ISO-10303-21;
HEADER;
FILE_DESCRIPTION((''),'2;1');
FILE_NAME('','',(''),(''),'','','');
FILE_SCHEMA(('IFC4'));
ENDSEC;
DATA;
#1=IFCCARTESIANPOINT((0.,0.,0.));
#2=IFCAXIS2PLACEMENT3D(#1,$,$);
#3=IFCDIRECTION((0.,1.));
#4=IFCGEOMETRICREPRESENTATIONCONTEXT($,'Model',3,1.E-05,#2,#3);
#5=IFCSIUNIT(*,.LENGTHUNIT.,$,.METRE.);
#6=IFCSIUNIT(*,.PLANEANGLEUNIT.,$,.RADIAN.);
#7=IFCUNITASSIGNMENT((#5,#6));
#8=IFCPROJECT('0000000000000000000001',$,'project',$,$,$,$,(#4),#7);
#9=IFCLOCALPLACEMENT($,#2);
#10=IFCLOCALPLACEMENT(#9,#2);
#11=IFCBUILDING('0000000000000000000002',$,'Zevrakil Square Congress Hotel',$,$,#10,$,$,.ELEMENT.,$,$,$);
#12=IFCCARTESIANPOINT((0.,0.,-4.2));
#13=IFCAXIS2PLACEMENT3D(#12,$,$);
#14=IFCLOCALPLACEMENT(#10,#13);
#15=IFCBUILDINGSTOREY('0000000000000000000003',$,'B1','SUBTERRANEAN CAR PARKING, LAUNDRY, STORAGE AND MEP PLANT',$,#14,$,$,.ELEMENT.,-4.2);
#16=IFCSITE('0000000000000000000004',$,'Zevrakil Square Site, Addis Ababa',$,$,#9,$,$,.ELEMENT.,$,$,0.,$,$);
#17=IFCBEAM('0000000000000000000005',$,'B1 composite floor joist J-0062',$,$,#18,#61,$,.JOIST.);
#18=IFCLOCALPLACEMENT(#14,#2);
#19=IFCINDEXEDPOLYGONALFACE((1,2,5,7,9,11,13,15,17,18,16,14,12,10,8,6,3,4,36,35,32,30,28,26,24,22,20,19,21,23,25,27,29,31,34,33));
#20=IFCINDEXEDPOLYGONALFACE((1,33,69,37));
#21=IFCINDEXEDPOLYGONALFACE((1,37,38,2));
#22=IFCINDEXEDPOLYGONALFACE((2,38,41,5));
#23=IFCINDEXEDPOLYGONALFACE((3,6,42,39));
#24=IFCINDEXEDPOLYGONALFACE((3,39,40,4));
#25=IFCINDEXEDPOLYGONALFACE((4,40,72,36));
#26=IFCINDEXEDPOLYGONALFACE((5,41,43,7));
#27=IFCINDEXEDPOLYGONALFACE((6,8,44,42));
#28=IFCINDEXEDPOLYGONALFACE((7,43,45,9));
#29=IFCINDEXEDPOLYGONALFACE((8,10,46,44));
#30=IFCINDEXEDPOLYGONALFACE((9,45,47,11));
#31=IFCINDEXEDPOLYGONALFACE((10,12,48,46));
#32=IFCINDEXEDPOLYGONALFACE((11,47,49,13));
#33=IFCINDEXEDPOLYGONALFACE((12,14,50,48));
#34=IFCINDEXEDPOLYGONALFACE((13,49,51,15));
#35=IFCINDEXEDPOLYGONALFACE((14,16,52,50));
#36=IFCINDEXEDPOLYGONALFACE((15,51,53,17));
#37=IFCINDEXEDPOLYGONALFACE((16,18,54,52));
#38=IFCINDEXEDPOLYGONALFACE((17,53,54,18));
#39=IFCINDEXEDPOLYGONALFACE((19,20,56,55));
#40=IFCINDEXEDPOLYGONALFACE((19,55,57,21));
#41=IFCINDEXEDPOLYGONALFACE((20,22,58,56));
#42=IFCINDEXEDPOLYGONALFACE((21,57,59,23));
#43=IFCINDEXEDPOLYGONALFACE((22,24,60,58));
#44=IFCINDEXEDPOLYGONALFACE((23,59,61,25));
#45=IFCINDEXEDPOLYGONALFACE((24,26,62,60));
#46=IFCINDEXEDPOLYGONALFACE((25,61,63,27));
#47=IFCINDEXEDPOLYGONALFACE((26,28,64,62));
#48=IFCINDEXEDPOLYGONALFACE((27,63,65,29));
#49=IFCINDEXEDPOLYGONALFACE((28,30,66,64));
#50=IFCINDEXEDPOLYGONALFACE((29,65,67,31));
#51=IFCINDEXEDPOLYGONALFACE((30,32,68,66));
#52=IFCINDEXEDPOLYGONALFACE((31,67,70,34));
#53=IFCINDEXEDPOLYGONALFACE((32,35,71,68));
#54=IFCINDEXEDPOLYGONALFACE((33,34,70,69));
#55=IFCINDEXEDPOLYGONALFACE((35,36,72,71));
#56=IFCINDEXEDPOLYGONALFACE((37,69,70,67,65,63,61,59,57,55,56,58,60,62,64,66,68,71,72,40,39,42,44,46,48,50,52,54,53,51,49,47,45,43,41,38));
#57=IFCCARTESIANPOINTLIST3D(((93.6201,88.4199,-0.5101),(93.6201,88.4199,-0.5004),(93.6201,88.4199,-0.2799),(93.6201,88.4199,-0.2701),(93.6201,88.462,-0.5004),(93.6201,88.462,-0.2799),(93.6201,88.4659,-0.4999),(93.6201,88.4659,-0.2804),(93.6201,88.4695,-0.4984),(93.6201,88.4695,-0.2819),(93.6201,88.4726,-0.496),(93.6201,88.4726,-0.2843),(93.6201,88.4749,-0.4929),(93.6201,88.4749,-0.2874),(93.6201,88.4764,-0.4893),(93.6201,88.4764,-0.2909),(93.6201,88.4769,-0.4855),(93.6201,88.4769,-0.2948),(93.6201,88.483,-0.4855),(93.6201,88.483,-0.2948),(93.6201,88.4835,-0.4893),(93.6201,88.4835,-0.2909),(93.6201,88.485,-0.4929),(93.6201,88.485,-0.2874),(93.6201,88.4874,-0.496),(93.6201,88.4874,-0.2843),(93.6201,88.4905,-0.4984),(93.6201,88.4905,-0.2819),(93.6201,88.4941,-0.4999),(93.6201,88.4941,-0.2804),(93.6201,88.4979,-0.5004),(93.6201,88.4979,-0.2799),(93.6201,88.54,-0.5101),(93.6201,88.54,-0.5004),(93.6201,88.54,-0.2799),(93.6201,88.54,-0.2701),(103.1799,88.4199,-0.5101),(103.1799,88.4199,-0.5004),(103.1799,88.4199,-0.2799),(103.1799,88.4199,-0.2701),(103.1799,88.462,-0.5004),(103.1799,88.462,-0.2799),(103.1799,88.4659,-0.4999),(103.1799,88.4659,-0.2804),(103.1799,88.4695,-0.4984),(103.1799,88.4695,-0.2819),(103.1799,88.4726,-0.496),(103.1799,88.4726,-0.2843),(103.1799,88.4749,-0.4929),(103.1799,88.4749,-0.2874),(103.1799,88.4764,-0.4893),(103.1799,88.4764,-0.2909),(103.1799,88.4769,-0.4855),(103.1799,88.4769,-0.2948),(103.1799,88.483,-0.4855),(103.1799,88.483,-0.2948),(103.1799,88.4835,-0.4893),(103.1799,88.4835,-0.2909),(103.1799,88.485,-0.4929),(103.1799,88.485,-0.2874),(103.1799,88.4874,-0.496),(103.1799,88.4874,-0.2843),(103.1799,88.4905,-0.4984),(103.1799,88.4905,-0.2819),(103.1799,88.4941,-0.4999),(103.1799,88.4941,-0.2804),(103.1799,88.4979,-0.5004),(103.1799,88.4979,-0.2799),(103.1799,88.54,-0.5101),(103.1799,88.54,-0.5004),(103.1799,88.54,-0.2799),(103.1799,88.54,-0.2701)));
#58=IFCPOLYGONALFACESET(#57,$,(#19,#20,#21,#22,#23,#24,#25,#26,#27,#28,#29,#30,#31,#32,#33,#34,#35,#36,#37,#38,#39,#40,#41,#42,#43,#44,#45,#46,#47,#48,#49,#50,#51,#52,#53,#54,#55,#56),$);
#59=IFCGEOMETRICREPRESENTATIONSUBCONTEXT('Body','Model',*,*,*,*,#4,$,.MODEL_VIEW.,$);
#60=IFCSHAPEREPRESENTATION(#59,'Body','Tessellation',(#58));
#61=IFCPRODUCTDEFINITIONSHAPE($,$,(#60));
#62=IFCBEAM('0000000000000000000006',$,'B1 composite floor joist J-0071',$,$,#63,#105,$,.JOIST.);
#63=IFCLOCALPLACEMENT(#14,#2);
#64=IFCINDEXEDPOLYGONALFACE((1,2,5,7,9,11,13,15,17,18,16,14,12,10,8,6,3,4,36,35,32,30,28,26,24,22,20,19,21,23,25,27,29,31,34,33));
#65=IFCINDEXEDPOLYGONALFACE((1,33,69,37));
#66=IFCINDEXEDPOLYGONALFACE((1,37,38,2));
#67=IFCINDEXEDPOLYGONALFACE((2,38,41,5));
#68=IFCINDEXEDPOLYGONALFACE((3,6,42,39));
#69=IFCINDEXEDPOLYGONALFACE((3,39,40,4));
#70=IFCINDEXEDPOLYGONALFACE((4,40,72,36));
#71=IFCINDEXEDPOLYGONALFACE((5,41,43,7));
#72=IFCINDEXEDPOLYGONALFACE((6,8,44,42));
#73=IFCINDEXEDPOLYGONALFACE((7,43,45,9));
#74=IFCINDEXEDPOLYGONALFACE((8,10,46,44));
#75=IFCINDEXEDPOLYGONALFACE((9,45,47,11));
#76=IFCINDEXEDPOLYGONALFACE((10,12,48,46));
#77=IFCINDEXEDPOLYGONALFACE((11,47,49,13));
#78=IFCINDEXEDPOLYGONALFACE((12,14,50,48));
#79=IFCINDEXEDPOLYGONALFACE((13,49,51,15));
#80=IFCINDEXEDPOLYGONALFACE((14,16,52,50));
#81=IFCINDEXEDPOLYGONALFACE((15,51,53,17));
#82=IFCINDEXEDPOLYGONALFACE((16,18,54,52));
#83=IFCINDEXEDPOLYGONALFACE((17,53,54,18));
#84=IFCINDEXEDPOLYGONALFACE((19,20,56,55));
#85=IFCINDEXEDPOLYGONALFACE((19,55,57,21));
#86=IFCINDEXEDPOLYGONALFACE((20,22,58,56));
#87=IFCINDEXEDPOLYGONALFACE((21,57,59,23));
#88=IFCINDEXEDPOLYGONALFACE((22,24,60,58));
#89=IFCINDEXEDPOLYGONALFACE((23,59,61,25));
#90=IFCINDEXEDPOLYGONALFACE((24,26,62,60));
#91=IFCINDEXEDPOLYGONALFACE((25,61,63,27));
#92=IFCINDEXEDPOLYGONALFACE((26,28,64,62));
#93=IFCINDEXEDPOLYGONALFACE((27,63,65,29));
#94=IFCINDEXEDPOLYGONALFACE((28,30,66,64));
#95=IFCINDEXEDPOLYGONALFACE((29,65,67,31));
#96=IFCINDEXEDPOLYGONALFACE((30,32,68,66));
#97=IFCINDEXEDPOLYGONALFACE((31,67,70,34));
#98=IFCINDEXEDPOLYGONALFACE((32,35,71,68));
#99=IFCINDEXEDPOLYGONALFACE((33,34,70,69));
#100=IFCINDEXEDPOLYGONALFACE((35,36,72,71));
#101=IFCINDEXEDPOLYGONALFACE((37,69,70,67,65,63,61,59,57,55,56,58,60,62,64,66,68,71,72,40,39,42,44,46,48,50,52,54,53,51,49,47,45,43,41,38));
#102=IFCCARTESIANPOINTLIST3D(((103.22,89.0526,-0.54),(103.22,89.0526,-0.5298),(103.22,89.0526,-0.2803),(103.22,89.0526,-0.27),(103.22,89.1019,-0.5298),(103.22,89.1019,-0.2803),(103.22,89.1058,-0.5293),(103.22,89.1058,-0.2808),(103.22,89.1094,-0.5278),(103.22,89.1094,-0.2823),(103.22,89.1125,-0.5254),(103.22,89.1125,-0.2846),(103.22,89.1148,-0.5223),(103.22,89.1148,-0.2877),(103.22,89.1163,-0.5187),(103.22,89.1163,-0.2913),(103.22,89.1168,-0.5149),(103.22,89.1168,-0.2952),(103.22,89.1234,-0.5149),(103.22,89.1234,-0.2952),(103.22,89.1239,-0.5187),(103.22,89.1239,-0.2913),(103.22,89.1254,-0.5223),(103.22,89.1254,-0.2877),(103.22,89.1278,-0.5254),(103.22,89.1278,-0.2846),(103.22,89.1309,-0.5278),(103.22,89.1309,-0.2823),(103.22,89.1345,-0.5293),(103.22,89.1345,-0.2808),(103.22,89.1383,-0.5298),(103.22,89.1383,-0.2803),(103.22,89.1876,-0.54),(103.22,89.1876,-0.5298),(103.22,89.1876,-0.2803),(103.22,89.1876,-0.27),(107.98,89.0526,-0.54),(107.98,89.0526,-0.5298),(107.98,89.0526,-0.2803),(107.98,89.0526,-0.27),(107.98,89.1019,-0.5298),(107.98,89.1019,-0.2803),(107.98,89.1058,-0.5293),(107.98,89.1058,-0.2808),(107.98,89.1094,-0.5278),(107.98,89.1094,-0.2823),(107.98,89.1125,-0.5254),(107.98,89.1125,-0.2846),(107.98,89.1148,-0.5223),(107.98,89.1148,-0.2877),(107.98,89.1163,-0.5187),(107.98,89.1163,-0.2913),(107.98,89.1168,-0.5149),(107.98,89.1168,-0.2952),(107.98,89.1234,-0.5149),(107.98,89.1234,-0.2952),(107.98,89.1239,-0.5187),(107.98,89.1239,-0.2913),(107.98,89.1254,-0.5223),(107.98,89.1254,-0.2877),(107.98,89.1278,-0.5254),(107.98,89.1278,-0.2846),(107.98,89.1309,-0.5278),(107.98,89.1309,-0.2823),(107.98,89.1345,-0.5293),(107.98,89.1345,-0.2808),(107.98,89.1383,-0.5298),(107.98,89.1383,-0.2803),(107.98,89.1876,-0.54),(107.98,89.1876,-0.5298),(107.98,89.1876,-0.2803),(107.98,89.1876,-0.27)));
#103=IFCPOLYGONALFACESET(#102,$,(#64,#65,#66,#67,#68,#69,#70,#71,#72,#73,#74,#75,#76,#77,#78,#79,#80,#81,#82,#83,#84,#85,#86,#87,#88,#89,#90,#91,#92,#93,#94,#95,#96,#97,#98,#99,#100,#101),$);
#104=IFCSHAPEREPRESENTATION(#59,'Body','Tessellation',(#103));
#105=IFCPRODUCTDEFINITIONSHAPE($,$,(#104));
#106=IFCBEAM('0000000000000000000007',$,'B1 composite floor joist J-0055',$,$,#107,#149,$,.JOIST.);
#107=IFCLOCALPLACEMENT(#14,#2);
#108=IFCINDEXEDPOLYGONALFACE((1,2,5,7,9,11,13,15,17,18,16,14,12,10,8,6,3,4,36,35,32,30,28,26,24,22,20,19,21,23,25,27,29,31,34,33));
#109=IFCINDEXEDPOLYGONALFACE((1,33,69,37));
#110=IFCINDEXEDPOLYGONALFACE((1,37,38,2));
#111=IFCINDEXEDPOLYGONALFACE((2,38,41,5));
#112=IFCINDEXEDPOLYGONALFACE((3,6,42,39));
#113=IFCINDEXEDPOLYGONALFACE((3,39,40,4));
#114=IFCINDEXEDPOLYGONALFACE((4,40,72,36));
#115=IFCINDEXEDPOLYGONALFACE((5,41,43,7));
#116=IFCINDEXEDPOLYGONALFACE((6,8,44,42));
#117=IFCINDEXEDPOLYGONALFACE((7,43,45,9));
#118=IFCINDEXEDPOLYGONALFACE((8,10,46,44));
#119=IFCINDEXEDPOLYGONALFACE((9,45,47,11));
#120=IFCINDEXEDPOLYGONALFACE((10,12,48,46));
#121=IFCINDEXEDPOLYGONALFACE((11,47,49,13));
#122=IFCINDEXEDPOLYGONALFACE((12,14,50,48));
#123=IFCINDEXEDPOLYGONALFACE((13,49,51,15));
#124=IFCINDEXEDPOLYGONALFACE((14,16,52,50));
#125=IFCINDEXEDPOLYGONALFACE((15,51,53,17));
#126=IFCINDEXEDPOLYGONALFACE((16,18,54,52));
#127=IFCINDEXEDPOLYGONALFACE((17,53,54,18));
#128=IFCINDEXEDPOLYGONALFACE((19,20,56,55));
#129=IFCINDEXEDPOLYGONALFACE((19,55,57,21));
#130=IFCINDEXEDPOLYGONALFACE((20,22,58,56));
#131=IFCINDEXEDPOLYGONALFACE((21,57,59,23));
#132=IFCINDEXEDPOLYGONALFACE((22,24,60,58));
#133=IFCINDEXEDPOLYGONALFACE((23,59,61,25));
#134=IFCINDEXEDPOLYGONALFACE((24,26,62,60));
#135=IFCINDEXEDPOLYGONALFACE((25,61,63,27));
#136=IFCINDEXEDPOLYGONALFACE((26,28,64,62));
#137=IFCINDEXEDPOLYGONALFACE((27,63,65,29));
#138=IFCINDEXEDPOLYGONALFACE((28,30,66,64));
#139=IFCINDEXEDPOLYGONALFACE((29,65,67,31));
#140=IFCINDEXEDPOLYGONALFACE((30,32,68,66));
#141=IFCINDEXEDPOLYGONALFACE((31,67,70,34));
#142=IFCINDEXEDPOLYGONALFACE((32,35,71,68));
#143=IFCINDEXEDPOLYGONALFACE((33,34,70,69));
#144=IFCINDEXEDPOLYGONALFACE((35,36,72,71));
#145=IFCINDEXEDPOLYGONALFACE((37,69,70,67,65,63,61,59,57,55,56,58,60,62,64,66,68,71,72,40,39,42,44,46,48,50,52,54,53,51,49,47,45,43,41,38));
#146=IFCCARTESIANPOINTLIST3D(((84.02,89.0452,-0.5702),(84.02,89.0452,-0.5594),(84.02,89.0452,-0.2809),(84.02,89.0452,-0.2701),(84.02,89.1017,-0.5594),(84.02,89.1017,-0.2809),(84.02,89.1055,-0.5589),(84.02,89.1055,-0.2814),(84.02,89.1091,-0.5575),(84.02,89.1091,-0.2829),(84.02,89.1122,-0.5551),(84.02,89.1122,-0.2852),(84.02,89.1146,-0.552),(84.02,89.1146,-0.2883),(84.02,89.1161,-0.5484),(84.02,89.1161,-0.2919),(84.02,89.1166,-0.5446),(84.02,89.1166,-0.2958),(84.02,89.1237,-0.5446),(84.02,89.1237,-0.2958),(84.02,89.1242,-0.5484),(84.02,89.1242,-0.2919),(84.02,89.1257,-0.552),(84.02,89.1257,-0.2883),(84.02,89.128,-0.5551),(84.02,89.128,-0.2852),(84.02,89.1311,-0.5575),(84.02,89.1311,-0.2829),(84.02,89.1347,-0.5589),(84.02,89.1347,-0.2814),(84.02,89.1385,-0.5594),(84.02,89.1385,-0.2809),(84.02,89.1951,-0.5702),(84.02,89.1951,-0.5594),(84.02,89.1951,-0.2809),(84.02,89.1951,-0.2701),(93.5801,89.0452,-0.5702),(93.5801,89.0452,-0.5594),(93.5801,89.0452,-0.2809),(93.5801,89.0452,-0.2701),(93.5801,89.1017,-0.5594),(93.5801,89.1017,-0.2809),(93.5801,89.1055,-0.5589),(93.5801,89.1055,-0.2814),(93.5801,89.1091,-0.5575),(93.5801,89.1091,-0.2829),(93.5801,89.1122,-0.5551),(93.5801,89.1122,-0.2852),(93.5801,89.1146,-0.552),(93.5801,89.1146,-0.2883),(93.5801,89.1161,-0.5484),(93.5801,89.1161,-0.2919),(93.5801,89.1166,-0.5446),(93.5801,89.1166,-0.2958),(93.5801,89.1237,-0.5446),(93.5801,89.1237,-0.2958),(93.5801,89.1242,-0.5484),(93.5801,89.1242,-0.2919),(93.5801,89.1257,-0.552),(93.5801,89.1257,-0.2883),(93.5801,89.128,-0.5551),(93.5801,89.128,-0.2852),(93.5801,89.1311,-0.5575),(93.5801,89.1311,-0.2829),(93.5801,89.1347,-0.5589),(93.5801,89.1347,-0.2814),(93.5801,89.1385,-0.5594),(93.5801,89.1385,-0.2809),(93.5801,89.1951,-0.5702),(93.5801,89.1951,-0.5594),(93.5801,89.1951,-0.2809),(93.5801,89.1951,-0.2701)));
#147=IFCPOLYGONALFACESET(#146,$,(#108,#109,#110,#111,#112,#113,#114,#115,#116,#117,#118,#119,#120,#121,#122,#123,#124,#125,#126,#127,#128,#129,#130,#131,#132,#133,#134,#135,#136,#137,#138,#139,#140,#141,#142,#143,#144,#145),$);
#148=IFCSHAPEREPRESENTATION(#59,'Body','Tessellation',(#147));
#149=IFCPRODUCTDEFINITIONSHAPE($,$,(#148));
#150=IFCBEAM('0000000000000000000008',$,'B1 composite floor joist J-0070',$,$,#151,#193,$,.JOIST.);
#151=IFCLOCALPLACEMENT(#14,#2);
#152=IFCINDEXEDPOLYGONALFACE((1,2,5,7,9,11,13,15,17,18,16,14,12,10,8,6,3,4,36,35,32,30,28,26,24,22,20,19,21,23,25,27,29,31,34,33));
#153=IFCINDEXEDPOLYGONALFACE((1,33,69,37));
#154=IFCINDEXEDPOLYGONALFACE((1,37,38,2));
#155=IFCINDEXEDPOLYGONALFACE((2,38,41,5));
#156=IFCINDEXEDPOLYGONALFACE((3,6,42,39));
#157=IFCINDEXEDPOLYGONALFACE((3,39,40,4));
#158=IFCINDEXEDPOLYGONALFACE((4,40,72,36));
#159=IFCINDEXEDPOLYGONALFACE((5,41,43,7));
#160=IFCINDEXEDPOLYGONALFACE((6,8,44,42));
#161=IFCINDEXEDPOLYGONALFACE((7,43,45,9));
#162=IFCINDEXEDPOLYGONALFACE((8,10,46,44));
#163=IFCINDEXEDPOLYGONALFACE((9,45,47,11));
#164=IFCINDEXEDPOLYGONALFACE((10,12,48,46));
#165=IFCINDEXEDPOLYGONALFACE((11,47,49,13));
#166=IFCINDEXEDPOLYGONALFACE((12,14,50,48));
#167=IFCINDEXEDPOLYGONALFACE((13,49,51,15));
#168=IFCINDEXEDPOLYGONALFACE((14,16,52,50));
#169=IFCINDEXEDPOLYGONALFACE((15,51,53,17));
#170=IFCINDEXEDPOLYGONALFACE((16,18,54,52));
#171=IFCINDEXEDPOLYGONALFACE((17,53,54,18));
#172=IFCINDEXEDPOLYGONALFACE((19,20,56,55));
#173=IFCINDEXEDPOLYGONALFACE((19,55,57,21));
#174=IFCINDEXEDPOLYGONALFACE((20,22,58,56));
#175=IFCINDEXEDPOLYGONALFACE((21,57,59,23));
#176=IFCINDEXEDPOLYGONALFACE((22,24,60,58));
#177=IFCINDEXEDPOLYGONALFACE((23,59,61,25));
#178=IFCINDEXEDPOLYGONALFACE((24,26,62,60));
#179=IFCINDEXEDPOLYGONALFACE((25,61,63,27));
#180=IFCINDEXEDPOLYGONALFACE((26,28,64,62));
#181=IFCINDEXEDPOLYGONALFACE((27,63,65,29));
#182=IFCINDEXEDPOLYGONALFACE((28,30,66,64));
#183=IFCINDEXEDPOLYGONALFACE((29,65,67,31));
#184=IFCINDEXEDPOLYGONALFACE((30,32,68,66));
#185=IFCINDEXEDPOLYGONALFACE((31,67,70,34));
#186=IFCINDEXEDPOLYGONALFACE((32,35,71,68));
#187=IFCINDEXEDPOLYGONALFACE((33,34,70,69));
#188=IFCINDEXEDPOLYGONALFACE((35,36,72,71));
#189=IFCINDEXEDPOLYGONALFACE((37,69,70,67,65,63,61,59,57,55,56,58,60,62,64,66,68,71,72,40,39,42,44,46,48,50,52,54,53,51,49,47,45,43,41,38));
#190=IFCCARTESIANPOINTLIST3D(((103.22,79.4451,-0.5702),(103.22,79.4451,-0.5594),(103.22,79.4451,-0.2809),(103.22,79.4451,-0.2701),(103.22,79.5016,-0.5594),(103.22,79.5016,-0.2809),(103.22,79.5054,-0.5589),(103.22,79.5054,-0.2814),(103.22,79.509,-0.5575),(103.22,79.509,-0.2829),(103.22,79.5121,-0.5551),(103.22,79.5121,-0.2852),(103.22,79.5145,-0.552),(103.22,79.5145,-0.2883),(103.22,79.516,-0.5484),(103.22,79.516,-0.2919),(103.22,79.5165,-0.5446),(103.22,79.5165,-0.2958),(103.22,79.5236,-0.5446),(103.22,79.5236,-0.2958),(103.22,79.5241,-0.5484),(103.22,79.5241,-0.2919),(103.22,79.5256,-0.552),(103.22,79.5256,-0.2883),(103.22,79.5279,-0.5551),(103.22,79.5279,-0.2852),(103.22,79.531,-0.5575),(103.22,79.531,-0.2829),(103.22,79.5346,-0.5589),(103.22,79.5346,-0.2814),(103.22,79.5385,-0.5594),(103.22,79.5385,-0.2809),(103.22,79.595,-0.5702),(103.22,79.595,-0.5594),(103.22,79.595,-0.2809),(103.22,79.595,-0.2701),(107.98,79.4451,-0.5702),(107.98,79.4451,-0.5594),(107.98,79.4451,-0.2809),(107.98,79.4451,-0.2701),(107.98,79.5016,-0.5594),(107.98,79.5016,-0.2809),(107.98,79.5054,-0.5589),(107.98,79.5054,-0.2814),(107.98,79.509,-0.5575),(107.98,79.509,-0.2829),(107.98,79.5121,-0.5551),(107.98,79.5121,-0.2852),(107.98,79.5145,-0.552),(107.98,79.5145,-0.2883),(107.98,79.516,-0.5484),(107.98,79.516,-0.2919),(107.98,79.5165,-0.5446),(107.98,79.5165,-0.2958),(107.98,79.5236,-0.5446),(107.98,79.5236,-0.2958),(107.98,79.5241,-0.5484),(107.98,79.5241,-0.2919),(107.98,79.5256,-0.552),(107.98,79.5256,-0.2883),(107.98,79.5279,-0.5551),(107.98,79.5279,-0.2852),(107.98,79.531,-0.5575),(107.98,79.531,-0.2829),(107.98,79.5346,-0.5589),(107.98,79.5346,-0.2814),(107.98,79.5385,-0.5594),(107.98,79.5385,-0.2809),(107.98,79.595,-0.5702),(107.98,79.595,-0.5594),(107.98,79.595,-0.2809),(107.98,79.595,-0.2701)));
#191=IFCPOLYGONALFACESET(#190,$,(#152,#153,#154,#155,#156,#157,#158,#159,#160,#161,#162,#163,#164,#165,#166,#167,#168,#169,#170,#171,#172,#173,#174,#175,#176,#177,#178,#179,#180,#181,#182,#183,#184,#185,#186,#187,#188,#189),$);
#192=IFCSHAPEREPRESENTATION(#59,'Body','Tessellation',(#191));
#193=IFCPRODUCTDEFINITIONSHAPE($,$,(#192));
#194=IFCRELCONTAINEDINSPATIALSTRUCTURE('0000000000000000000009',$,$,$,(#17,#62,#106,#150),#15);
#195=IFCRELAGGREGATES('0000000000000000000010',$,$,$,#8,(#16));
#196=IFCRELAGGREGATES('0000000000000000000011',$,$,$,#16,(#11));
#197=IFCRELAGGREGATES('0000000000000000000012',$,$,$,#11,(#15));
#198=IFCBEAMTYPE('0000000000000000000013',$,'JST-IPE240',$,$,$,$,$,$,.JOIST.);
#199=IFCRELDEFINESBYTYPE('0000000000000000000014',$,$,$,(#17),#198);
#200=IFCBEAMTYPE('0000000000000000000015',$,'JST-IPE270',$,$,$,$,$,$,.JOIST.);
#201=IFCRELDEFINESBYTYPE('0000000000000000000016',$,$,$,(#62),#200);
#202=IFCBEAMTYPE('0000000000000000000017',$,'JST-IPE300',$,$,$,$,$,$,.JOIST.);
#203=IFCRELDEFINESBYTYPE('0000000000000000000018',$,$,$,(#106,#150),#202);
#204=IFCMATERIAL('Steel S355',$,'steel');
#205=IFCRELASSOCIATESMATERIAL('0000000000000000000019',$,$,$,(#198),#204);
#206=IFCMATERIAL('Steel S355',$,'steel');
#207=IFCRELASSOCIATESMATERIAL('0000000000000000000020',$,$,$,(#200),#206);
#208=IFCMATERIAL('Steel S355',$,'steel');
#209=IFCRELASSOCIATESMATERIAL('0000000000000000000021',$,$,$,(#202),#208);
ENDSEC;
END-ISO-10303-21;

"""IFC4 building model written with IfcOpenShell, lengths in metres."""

from ifc_helpers import new_model, si_unit, direction, frame, origin, origin_2d, place, context, subcontext, project, spatial, i_section, extrude, material, material_profile, profile_set, type_object, element, save


model = new_model("IFC4")

# Units and contexts
model_context = context("Model", 3, precision=1e-05, world=origin(), true_north=direction((0.0, 1.0)))
body_context = subcontext(model_context, "Body", "Model", "MODEL_VIEW")
ifc_project = project(units=[si_unit("LENGTHUNIT", "METRE"), si_unit("PLANEANGLEUNIT", "RADIAN")], contexts=[model_context])

# Site, building, storey
site_placement = place(None, origin())
site = spatial("IfcSite", under=ifc_project, at=site_placement, Name="Zevrakil Square Site, Addis Ababa", CompositionType="ELEMENT", RefElevation=0.0)
building_placement = place(site_placement, origin())
building = spatial("IfcBuilding", under=site, at=building_placement, Name="Zevrakil Square Congress Hotel", CompositionType="ELEMENT")
storey_placement = place(building_placement, frame((0.0, 0.0, -4.2)))
storey = spatial("IfcBuildingStorey", under=building, at=storey_placement, Name="B1", Description="SUBTERRANEAN CAR PARKING, LAUNDRY, STORAGE AND MEP PLANT", CompositionType="ELEMENT", Elevation=-4.2)

# Beams
ifc_material_1 = material(Name="Steel S355", Category="steel")
ifc_material_profile_1 = material_profile(ifc_material_1, i_section(OverallWidth=0.1201, OverallDepth=0.24, WebThickness=0.0061, FlangeThickness=0.0098, FilletRadius=0.0149, at=origin_2d()), Name="IPE 240")
ifc_profile_set_1 = profile_set([ifc_material_profile_1], Name="Steel S355")
beam_type_1 = type_object("IfcBeamType", Name="JST-IPE240", PredefinedType="JOIST", material=ifc_profile_set_1)
beam_1_placement = place(storey_placement, frame((93.6201, 88.48, -0.3901), z_axis=(1.0, 0.0, 0.0), x_axis=(0.0, 1.0, 0.0)))
element("IfcBeam", 1, at=beam_1_placement, inside=storey, type_object=beam_type_1, Name="B1 composite floor joist J-0062", PredefinedType="JOIST", context=body_context, shape_type="SweptSolid", body=[
    extrude(i_section(OverallWidth=0.1201, OverallDepth=0.24, WebThickness=0.0061, FlangeThickness=0.0098, FilletRadius=0.0149, at=origin_2d()), origin(), (0.0, 0.0, 1.0), 9.5598),
])
ifc_material_2 = material(Name="Steel S355", Category="steel")
ifc_material_profile_2 = material_profile(ifc_material_2, i_section(OverallWidth=0.135, OverallDepth=0.27, WebThickness=0.0066, FlangeThickness=0.0103, FilletRadius=0.0149, at=origin_2d()), Name="IPE 270")
ifc_profile_set_2 = profile_set([ifc_material_profile_2], Name="Steel S355")
beam_type_2 = type_object("IfcBeamType", Name="JST-IPE270", PredefinedType="JOIST", material=ifc_profile_set_2)
beam_2_placement = place(storey_placement, frame((103.22, 89.1201, -0.405), z_axis=(1.0, 0.0, 0.0), x_axis=(0.0, 1.0, 0.0)))
element("IfcBeam", 2, at=beam_2_placement, inside=storey, type_object=beam_type_2, Name="B1 composite floor joist J-0071", PredefinedType="JOIST", context=body_context, shape_type="SweptSolid", body=[
    extrude(i_section(OverallWidth=0.135, OverallDepth=0.27, WebThickness=0.0066, FlangeThickness=0.0103, FilletRadius=0.0149, at=origin_2d()), origin(), (0.0, 0.0, 1.0), 4.76),
])
ifc_material_3 = material(Name="Steel S355", Category="steel")
ifc_material_profile_3 = material_profile(ifc_material_3, i_section(OverallWidth=0.1499, OverallDepth=0.3, WebThickness=0.0071, FlangeThickness=0.0107, FilletRadius=0.0149, at=origin_2d()), Name="IPE 300")
ifc_profile_set_3 = profile_set([ifc_material_profile_3], Name="Steel S355")
beam_type_3 = type_object("IfcBeamType", Name="JST-IPE300", PredefinedType="JOIST", material=ifc_profile_set_3)
beam_3_placement = place(storey_placement, frame((84.02, 89.1201, -0.4202), z_axis=(1.0, 0.0, 0.0), x_axis=(0.0, 1.0, 0.0)))
element("IfcBeam", 3, at=beam_3_placement, inside=storey, type_object=beam_type_3, Name="B1 composite floor joist J-0055", PredefinedType="JOIST", context=body_context, shape_type="SweptSolid", body=[
    extrude(i_section(OverallWidth=0.1499, OverallDepth=0.3, WebThickness=0.0071, FlangeThickness=0.0107, FilletRadius=0.0149, at=origin_2d()), origin(), (0.0, 0.0, 1.0), 9.5601),
])
beam_4_placement = place(storey_placement, frame((103.22, 79.52, -0.4202), z_axis=(1.0, 0.0, 0.0), x_axis=(0.0, 1.0, 0.0)))
element("IfcBeam", 4, at=beam_4_placement, inside=storey, type_object=beam_type_3, Name="B1 composite floor joist J-0070", PredefinedType="JOIST", context=body_context, shape_type="SweptSolid", body=[
    extrude(i_section(OverallWidth=0.1499, OverallDepth=0.3, WebThickness=0.0071, FlangeThickness=0.0107, FilletRadius=0.0149, at=origin_2d()), origin(), (0.0, 0.0, 1.0), 4.76),
])

save(model, "model.ifc")
